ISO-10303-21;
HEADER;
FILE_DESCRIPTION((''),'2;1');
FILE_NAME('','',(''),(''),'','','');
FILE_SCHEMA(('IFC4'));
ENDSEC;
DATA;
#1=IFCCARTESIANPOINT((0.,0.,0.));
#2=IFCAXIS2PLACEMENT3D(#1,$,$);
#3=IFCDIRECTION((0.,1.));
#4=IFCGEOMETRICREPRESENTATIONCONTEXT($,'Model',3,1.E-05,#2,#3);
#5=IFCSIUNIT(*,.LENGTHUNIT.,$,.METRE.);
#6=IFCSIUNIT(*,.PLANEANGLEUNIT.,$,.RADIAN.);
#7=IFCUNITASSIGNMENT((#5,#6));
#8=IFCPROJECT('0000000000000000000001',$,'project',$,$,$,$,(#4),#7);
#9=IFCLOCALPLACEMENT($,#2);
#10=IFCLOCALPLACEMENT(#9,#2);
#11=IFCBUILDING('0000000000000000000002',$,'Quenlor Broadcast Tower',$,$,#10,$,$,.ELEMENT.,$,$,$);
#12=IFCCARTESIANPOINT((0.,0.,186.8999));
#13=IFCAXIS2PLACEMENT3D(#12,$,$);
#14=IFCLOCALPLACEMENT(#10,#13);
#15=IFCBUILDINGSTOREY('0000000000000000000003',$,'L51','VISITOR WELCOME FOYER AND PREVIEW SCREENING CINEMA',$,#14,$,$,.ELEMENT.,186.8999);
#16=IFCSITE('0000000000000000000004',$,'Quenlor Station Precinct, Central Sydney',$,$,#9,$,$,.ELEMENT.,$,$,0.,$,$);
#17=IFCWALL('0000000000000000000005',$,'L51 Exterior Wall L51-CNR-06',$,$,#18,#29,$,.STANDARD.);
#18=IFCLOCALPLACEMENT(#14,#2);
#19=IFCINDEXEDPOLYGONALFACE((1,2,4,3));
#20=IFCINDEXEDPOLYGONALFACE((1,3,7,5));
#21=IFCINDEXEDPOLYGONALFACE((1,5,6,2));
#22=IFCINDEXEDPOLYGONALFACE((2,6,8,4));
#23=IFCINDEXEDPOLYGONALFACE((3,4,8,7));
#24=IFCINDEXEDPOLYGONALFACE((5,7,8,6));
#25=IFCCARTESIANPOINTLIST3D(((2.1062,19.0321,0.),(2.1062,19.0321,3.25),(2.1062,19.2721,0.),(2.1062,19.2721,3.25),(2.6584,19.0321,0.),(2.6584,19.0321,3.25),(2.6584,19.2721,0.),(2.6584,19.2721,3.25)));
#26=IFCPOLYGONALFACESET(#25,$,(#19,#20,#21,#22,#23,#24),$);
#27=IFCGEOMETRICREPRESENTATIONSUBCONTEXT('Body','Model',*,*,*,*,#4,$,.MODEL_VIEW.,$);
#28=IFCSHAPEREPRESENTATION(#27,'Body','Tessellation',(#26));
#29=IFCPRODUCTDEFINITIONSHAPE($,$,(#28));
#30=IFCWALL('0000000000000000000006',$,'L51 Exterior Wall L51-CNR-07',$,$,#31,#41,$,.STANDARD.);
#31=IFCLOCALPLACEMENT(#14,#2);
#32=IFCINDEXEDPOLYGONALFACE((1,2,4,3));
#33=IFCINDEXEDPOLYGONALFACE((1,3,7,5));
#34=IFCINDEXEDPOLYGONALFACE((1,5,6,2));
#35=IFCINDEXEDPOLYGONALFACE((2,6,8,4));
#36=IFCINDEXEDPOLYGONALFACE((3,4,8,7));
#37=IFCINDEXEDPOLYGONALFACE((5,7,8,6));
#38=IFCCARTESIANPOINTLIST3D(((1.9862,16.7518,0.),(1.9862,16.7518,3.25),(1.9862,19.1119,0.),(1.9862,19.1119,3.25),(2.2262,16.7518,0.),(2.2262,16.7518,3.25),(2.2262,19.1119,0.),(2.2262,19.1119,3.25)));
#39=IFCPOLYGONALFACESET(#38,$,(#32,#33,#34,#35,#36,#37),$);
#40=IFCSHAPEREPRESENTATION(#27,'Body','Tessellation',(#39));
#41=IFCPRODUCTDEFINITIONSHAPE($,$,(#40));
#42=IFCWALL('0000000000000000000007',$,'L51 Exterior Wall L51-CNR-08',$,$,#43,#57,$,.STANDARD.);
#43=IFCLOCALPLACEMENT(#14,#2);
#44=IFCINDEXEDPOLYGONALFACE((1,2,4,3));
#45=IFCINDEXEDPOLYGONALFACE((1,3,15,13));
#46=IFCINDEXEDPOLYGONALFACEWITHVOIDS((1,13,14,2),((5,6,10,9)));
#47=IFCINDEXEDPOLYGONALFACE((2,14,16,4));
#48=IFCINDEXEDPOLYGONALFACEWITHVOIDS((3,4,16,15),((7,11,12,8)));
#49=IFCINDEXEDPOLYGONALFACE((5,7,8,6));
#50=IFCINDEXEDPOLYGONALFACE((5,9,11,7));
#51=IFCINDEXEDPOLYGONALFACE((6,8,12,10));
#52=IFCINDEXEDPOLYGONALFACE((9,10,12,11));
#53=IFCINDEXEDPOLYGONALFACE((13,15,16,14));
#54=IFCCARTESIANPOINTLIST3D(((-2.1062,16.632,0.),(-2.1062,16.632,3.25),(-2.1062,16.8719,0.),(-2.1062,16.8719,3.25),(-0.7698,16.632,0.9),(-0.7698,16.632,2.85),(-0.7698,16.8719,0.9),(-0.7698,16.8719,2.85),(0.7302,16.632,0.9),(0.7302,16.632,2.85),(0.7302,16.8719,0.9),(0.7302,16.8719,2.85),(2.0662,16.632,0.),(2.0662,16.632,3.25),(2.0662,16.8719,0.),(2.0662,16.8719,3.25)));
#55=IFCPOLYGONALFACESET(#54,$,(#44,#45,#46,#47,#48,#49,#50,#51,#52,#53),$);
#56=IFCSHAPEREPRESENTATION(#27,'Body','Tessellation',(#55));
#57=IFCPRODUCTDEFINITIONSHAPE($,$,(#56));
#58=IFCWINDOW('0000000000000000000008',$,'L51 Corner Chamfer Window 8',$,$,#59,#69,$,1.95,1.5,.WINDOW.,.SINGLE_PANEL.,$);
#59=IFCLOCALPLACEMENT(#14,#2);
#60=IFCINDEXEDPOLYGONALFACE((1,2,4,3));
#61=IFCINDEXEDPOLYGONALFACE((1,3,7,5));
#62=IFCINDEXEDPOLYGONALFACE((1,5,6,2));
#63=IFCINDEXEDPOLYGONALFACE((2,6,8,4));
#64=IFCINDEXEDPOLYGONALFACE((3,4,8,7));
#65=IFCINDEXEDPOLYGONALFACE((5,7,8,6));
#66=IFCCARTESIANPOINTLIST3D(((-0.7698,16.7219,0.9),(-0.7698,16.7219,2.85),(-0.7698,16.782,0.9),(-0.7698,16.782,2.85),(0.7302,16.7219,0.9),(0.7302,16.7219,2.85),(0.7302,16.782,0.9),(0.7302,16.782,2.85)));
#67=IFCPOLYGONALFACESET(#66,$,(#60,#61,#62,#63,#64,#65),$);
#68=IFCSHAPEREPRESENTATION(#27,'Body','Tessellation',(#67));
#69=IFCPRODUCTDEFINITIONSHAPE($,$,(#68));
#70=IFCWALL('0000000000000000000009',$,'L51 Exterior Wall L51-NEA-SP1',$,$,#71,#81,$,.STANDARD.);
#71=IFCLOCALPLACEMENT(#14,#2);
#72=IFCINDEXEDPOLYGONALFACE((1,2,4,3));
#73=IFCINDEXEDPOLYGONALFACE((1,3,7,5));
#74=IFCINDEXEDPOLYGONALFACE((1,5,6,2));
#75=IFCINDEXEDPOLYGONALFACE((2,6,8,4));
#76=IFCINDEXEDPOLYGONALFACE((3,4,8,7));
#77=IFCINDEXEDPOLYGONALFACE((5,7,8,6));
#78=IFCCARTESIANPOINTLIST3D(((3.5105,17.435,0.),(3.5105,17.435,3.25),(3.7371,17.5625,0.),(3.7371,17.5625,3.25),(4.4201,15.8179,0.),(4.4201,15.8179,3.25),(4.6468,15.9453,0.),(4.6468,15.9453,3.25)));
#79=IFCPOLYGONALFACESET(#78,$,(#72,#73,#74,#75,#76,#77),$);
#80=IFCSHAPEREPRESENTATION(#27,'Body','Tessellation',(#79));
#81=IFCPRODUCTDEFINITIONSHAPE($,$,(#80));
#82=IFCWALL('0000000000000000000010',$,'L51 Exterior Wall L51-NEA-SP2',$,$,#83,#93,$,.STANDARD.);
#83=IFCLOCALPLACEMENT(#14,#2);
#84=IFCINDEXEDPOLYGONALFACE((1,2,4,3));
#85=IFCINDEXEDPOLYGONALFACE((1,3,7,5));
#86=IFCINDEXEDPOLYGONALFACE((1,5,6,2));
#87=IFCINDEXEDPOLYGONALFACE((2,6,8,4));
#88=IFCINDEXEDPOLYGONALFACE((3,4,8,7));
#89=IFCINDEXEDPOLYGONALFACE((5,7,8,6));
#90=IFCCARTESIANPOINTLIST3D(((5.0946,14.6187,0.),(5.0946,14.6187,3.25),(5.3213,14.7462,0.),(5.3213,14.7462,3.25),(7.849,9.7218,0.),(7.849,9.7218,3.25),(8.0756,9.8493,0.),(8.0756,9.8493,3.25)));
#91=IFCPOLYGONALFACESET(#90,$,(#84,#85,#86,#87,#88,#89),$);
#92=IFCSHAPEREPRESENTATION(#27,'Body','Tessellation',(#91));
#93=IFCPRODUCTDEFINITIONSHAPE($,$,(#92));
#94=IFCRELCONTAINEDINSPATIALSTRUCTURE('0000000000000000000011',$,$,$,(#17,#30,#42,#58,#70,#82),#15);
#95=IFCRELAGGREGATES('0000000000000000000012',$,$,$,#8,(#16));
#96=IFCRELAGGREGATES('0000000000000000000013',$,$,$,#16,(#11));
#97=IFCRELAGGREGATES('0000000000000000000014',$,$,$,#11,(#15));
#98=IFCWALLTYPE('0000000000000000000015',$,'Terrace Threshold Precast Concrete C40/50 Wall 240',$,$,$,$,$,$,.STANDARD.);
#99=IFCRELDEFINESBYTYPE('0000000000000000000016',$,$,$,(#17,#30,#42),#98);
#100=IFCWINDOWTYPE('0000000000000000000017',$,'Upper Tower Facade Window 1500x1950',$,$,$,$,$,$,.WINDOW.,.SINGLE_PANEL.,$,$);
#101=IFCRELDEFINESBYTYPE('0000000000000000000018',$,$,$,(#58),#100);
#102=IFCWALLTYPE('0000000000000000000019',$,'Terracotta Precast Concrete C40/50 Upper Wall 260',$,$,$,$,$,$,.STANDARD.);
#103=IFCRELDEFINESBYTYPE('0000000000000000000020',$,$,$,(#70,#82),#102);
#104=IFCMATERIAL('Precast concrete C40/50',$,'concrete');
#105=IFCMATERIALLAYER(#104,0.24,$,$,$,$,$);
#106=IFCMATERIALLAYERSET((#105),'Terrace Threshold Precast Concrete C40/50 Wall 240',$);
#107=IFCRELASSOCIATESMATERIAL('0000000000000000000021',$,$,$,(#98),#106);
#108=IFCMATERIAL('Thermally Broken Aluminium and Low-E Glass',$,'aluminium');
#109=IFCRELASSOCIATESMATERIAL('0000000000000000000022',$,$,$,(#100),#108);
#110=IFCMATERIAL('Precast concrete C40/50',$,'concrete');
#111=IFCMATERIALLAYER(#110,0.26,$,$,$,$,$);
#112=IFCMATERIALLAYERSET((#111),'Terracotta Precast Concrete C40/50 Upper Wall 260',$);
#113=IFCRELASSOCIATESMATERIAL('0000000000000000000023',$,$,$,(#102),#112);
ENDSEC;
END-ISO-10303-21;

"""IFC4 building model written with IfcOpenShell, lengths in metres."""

from ifc_helpers import new_model, si_unit, direction, frame, frame_2d, origin, place, context, subcontext, project, spatial, rectangle, extrude, material, layer, layer_set, type_object, element, fill, save


model = new_model("IFC4")

# Units and contexts
model_context = context("Model", 3, precision=1e-05, world=origin(), true_north=direction((0.0, 1.0)))
body_context = subcontext(model_context, "Body", "Model", "MODEL_VIEW")
ifc_project = project(units=[si_unit("LENGTHUNIT", "METRE"), si_unit("PLANEANGLEUNIT", "RADIAN")], contexts=[model_context])

# Site, building, storey
site_placement = place(None, origin())
site = spatial("IfcSite", under=ifc_project, at=site_placement, Name="Quenlor Station Precinct, Central Sydney", CompositionType="ELEMENT", RefElevation=0.0)
building_placement = place(site_placement, origin())
building = spatial("IfcBuilding", under=site, at=building_placement, Name="Quenlor Broadcast Tower", CompositionType="ELEMENT")
storey_placement = place(building_placement, frame((0.0, 0.0, 186.8999)))
storey = spatial("IfcBuildingStorey", under=building, at=storey_placement, Name="L51", Description="VISITOR WELCOME FOYER AND PREVIEW SCREENING CINEMA", CompositionType="ELEMENT", Elevation=186.8999)

# Walls
ifc_material_1 = material(Name="Precast concrete C40/50", Category="concrete")
ifc_layer_1 = layer(ifc_material_1, 0.24)
ifc_layer_set_1 = layer_set([ifc_layer_1], Name="Terrace Threshold Precast Concrete C40/50 Wall 240")
wall_type_1 = type_object("IfcWallType", Name="Terrace Threshold Precast Concrete C40/50 Wall 240", PredefinedType="STANDARD", material=ifc_layer_set_1)
wall_1_placement = place(storey_placement, frame((2.6584, 19.1521, 0.0), z_axis=(0.0, 0.0, 1.0), x_axis=(-1.0, 0.0, 0.0)))
element("IfcWall", 1, at=wall_1_placement, inside=storey, type_object=wall_type_1, Name="L51 Exterior Wall L51-CNR-06", PredefinedType="STANDARD", context=body_context, shape_type="SweptSolid", body=[
    extrude(rectangle(XDim=0.5522, YDim=0.24, at=frame_2d((0.2761, 0.0))), origin(), (0.0, 0.0, 1.0), 3.25),
])
wall_2_placement = place(storey_placement, frame((2.1062, 19.1121, 0.0), z_axis=(0.0, 0.0, 1.0), x_axis=(0.0, -1.0, 0.0)))
element("IfcWall", 2, at=wall_2_placement, inside=storey, type_object=wall_type_1, Name="L51 Exterior Wall L51-CNR-07", PredefinedType="STANDARD", context=body_context, shape_type="SweptSolid", body=[
    extrude(rectangle(XDim=2.3601, YDim=0.24, at=frame_2d((1.1802, 0.0))), origin(), (0.0, 0.0, 1.0), 3.25),
])

# Wall, opening, window
wall_3_placement = place(storey_placement, frame((2.0662, 16.752, 0.0), z_axis=(0.0, 0.0, 1.0), x_axis=(-1.0, 0.0, 0.0)))
wall_3 = element("IfcWall", 3, at=wall_3_placement, inside=storey, type_object=wall_type_1, Name="L51 Exterior Wall L51-CNR-08", PredefinedType="STANDARD", context=body_context, shape_type="SweptSolid", body=[
    extrude(rectangle(XDim=4.1724, YDim=0.24, at=frame_2d((2.0862, 0.0))), origin(), (0.0, 0.0, 1.0), 3.25),
])
opening_placement = place(wall_3_placement, frame((1.3359, 0.0, 0.8999)))
opening = element("IfcOpeningElement", 4, at=opening_placement, cuts=wall_3, PredefinedType="OPENING", context=body_context, shape_type="SweptSolid", body=[
    extrude(rectangle(XDim=1.5, YDim=1.95, at=frame_2d((0.75, 0.9751))), frame((0.0, 0.1299, 0.0), z_axis=(0.0, -1.0, 0.0), x_axis=(1.0, 0.0, 0.0)), (0.0, 0.0, 1.0), 0.26),
])
ifc_material_2 = material(Name="Thermally Broken Aluminium and Low-E Glass", Category="aluminium")
window_type = type_object("IfcWindowType", Name="Upper Tower Facade Window 1500x1950", PartitioningType="SINGLE_PANEL", PredefinedType="WINDOW", material=ifc_material_2)
window_placement = place(opening_placement, origin())
window = element("IfcWindow", 5, at=window_placement, inside=storey, type_object=window_type, Name="L51 Corner Chamfer Window 8", OverallHeight=1.95, OverallWidth=1.5, PartitioningType="SINGLE_PANEL", PredefinedType="WINDOW", context=body_context, shape_type="SweptSolid", body=[
    extrude(rectangle(XDim=1.5, YDim=1.95, at=frame_2d((0.75, 0.9751))), frame((0.0, 0.03, 0.0), z_axis=(0.0, -1.0, 0.0), x_axis=(1.0, 0.0, 0.0)), (0.0, 0.0, 1.0), 0.0601),
])
fill(opening, window)

# Walls
ifc_material_3 = material(Name="Precast concrete C40/50", Category="concrete")
ifc_layer_2 = layer(ifc_material_3, 0.26)
ifc_layer_set_2 = layer_set([ifc_layer_2], Name="Terracotta Precast Concrete C40/50 Upper Wall 260")
wall_type_2 = type_object("IfcWallType", Name="Terracotta Precast Concrete C40/50 Upper Wall 260", PredefinedType="STANDARD", material=ifc_layer_set_2)
wall_4_placement = place(storey_placement, frame((3.6238, 17.4988, 0.0), z_axis=(0.0, 0.0, 1.0), x_axis=(0.490261, -0.871576, 0.0)))
element("IfcWall", 6, at=wall_4_placement, inside=storey, type_object=wall_type_2, Name="L51 Exterior Wall L51-NEA-SP1", PredefinedType="STANDARD", context=body_context, shape_type="SweptSolid", body=[
    extrude(rectangle(XDim=1.8555, YDim=0.26, at=frame_2d((0.9277, 0.0))), origin(), (0.0, 0.0, 1.0), 3.25),
])
wall_5_placement = place(storey_placement, frame((5.208, 14.6824, 0.0), z_axis=(0.0, 0.0, 1.0), x_axis=(0.490241, -0.871587, 0.0)))
element("IfcWall", 7, at=wall_5_placement, inside=storey, type_object=wall_type_2, Name="L51 Exterior Wall L51-NEA-SP2", PredefinedType="STANDARD", context=body_context, shape_type="SweptSolid", body=[
    extrude(rectangle(XDim=5.6184, YDim=0.26, at=frame_2d((2.8091, 0.0))), origin(), (0.0, 0.0, 1.0), 3.25),
])

save(model, "model.ifc")
